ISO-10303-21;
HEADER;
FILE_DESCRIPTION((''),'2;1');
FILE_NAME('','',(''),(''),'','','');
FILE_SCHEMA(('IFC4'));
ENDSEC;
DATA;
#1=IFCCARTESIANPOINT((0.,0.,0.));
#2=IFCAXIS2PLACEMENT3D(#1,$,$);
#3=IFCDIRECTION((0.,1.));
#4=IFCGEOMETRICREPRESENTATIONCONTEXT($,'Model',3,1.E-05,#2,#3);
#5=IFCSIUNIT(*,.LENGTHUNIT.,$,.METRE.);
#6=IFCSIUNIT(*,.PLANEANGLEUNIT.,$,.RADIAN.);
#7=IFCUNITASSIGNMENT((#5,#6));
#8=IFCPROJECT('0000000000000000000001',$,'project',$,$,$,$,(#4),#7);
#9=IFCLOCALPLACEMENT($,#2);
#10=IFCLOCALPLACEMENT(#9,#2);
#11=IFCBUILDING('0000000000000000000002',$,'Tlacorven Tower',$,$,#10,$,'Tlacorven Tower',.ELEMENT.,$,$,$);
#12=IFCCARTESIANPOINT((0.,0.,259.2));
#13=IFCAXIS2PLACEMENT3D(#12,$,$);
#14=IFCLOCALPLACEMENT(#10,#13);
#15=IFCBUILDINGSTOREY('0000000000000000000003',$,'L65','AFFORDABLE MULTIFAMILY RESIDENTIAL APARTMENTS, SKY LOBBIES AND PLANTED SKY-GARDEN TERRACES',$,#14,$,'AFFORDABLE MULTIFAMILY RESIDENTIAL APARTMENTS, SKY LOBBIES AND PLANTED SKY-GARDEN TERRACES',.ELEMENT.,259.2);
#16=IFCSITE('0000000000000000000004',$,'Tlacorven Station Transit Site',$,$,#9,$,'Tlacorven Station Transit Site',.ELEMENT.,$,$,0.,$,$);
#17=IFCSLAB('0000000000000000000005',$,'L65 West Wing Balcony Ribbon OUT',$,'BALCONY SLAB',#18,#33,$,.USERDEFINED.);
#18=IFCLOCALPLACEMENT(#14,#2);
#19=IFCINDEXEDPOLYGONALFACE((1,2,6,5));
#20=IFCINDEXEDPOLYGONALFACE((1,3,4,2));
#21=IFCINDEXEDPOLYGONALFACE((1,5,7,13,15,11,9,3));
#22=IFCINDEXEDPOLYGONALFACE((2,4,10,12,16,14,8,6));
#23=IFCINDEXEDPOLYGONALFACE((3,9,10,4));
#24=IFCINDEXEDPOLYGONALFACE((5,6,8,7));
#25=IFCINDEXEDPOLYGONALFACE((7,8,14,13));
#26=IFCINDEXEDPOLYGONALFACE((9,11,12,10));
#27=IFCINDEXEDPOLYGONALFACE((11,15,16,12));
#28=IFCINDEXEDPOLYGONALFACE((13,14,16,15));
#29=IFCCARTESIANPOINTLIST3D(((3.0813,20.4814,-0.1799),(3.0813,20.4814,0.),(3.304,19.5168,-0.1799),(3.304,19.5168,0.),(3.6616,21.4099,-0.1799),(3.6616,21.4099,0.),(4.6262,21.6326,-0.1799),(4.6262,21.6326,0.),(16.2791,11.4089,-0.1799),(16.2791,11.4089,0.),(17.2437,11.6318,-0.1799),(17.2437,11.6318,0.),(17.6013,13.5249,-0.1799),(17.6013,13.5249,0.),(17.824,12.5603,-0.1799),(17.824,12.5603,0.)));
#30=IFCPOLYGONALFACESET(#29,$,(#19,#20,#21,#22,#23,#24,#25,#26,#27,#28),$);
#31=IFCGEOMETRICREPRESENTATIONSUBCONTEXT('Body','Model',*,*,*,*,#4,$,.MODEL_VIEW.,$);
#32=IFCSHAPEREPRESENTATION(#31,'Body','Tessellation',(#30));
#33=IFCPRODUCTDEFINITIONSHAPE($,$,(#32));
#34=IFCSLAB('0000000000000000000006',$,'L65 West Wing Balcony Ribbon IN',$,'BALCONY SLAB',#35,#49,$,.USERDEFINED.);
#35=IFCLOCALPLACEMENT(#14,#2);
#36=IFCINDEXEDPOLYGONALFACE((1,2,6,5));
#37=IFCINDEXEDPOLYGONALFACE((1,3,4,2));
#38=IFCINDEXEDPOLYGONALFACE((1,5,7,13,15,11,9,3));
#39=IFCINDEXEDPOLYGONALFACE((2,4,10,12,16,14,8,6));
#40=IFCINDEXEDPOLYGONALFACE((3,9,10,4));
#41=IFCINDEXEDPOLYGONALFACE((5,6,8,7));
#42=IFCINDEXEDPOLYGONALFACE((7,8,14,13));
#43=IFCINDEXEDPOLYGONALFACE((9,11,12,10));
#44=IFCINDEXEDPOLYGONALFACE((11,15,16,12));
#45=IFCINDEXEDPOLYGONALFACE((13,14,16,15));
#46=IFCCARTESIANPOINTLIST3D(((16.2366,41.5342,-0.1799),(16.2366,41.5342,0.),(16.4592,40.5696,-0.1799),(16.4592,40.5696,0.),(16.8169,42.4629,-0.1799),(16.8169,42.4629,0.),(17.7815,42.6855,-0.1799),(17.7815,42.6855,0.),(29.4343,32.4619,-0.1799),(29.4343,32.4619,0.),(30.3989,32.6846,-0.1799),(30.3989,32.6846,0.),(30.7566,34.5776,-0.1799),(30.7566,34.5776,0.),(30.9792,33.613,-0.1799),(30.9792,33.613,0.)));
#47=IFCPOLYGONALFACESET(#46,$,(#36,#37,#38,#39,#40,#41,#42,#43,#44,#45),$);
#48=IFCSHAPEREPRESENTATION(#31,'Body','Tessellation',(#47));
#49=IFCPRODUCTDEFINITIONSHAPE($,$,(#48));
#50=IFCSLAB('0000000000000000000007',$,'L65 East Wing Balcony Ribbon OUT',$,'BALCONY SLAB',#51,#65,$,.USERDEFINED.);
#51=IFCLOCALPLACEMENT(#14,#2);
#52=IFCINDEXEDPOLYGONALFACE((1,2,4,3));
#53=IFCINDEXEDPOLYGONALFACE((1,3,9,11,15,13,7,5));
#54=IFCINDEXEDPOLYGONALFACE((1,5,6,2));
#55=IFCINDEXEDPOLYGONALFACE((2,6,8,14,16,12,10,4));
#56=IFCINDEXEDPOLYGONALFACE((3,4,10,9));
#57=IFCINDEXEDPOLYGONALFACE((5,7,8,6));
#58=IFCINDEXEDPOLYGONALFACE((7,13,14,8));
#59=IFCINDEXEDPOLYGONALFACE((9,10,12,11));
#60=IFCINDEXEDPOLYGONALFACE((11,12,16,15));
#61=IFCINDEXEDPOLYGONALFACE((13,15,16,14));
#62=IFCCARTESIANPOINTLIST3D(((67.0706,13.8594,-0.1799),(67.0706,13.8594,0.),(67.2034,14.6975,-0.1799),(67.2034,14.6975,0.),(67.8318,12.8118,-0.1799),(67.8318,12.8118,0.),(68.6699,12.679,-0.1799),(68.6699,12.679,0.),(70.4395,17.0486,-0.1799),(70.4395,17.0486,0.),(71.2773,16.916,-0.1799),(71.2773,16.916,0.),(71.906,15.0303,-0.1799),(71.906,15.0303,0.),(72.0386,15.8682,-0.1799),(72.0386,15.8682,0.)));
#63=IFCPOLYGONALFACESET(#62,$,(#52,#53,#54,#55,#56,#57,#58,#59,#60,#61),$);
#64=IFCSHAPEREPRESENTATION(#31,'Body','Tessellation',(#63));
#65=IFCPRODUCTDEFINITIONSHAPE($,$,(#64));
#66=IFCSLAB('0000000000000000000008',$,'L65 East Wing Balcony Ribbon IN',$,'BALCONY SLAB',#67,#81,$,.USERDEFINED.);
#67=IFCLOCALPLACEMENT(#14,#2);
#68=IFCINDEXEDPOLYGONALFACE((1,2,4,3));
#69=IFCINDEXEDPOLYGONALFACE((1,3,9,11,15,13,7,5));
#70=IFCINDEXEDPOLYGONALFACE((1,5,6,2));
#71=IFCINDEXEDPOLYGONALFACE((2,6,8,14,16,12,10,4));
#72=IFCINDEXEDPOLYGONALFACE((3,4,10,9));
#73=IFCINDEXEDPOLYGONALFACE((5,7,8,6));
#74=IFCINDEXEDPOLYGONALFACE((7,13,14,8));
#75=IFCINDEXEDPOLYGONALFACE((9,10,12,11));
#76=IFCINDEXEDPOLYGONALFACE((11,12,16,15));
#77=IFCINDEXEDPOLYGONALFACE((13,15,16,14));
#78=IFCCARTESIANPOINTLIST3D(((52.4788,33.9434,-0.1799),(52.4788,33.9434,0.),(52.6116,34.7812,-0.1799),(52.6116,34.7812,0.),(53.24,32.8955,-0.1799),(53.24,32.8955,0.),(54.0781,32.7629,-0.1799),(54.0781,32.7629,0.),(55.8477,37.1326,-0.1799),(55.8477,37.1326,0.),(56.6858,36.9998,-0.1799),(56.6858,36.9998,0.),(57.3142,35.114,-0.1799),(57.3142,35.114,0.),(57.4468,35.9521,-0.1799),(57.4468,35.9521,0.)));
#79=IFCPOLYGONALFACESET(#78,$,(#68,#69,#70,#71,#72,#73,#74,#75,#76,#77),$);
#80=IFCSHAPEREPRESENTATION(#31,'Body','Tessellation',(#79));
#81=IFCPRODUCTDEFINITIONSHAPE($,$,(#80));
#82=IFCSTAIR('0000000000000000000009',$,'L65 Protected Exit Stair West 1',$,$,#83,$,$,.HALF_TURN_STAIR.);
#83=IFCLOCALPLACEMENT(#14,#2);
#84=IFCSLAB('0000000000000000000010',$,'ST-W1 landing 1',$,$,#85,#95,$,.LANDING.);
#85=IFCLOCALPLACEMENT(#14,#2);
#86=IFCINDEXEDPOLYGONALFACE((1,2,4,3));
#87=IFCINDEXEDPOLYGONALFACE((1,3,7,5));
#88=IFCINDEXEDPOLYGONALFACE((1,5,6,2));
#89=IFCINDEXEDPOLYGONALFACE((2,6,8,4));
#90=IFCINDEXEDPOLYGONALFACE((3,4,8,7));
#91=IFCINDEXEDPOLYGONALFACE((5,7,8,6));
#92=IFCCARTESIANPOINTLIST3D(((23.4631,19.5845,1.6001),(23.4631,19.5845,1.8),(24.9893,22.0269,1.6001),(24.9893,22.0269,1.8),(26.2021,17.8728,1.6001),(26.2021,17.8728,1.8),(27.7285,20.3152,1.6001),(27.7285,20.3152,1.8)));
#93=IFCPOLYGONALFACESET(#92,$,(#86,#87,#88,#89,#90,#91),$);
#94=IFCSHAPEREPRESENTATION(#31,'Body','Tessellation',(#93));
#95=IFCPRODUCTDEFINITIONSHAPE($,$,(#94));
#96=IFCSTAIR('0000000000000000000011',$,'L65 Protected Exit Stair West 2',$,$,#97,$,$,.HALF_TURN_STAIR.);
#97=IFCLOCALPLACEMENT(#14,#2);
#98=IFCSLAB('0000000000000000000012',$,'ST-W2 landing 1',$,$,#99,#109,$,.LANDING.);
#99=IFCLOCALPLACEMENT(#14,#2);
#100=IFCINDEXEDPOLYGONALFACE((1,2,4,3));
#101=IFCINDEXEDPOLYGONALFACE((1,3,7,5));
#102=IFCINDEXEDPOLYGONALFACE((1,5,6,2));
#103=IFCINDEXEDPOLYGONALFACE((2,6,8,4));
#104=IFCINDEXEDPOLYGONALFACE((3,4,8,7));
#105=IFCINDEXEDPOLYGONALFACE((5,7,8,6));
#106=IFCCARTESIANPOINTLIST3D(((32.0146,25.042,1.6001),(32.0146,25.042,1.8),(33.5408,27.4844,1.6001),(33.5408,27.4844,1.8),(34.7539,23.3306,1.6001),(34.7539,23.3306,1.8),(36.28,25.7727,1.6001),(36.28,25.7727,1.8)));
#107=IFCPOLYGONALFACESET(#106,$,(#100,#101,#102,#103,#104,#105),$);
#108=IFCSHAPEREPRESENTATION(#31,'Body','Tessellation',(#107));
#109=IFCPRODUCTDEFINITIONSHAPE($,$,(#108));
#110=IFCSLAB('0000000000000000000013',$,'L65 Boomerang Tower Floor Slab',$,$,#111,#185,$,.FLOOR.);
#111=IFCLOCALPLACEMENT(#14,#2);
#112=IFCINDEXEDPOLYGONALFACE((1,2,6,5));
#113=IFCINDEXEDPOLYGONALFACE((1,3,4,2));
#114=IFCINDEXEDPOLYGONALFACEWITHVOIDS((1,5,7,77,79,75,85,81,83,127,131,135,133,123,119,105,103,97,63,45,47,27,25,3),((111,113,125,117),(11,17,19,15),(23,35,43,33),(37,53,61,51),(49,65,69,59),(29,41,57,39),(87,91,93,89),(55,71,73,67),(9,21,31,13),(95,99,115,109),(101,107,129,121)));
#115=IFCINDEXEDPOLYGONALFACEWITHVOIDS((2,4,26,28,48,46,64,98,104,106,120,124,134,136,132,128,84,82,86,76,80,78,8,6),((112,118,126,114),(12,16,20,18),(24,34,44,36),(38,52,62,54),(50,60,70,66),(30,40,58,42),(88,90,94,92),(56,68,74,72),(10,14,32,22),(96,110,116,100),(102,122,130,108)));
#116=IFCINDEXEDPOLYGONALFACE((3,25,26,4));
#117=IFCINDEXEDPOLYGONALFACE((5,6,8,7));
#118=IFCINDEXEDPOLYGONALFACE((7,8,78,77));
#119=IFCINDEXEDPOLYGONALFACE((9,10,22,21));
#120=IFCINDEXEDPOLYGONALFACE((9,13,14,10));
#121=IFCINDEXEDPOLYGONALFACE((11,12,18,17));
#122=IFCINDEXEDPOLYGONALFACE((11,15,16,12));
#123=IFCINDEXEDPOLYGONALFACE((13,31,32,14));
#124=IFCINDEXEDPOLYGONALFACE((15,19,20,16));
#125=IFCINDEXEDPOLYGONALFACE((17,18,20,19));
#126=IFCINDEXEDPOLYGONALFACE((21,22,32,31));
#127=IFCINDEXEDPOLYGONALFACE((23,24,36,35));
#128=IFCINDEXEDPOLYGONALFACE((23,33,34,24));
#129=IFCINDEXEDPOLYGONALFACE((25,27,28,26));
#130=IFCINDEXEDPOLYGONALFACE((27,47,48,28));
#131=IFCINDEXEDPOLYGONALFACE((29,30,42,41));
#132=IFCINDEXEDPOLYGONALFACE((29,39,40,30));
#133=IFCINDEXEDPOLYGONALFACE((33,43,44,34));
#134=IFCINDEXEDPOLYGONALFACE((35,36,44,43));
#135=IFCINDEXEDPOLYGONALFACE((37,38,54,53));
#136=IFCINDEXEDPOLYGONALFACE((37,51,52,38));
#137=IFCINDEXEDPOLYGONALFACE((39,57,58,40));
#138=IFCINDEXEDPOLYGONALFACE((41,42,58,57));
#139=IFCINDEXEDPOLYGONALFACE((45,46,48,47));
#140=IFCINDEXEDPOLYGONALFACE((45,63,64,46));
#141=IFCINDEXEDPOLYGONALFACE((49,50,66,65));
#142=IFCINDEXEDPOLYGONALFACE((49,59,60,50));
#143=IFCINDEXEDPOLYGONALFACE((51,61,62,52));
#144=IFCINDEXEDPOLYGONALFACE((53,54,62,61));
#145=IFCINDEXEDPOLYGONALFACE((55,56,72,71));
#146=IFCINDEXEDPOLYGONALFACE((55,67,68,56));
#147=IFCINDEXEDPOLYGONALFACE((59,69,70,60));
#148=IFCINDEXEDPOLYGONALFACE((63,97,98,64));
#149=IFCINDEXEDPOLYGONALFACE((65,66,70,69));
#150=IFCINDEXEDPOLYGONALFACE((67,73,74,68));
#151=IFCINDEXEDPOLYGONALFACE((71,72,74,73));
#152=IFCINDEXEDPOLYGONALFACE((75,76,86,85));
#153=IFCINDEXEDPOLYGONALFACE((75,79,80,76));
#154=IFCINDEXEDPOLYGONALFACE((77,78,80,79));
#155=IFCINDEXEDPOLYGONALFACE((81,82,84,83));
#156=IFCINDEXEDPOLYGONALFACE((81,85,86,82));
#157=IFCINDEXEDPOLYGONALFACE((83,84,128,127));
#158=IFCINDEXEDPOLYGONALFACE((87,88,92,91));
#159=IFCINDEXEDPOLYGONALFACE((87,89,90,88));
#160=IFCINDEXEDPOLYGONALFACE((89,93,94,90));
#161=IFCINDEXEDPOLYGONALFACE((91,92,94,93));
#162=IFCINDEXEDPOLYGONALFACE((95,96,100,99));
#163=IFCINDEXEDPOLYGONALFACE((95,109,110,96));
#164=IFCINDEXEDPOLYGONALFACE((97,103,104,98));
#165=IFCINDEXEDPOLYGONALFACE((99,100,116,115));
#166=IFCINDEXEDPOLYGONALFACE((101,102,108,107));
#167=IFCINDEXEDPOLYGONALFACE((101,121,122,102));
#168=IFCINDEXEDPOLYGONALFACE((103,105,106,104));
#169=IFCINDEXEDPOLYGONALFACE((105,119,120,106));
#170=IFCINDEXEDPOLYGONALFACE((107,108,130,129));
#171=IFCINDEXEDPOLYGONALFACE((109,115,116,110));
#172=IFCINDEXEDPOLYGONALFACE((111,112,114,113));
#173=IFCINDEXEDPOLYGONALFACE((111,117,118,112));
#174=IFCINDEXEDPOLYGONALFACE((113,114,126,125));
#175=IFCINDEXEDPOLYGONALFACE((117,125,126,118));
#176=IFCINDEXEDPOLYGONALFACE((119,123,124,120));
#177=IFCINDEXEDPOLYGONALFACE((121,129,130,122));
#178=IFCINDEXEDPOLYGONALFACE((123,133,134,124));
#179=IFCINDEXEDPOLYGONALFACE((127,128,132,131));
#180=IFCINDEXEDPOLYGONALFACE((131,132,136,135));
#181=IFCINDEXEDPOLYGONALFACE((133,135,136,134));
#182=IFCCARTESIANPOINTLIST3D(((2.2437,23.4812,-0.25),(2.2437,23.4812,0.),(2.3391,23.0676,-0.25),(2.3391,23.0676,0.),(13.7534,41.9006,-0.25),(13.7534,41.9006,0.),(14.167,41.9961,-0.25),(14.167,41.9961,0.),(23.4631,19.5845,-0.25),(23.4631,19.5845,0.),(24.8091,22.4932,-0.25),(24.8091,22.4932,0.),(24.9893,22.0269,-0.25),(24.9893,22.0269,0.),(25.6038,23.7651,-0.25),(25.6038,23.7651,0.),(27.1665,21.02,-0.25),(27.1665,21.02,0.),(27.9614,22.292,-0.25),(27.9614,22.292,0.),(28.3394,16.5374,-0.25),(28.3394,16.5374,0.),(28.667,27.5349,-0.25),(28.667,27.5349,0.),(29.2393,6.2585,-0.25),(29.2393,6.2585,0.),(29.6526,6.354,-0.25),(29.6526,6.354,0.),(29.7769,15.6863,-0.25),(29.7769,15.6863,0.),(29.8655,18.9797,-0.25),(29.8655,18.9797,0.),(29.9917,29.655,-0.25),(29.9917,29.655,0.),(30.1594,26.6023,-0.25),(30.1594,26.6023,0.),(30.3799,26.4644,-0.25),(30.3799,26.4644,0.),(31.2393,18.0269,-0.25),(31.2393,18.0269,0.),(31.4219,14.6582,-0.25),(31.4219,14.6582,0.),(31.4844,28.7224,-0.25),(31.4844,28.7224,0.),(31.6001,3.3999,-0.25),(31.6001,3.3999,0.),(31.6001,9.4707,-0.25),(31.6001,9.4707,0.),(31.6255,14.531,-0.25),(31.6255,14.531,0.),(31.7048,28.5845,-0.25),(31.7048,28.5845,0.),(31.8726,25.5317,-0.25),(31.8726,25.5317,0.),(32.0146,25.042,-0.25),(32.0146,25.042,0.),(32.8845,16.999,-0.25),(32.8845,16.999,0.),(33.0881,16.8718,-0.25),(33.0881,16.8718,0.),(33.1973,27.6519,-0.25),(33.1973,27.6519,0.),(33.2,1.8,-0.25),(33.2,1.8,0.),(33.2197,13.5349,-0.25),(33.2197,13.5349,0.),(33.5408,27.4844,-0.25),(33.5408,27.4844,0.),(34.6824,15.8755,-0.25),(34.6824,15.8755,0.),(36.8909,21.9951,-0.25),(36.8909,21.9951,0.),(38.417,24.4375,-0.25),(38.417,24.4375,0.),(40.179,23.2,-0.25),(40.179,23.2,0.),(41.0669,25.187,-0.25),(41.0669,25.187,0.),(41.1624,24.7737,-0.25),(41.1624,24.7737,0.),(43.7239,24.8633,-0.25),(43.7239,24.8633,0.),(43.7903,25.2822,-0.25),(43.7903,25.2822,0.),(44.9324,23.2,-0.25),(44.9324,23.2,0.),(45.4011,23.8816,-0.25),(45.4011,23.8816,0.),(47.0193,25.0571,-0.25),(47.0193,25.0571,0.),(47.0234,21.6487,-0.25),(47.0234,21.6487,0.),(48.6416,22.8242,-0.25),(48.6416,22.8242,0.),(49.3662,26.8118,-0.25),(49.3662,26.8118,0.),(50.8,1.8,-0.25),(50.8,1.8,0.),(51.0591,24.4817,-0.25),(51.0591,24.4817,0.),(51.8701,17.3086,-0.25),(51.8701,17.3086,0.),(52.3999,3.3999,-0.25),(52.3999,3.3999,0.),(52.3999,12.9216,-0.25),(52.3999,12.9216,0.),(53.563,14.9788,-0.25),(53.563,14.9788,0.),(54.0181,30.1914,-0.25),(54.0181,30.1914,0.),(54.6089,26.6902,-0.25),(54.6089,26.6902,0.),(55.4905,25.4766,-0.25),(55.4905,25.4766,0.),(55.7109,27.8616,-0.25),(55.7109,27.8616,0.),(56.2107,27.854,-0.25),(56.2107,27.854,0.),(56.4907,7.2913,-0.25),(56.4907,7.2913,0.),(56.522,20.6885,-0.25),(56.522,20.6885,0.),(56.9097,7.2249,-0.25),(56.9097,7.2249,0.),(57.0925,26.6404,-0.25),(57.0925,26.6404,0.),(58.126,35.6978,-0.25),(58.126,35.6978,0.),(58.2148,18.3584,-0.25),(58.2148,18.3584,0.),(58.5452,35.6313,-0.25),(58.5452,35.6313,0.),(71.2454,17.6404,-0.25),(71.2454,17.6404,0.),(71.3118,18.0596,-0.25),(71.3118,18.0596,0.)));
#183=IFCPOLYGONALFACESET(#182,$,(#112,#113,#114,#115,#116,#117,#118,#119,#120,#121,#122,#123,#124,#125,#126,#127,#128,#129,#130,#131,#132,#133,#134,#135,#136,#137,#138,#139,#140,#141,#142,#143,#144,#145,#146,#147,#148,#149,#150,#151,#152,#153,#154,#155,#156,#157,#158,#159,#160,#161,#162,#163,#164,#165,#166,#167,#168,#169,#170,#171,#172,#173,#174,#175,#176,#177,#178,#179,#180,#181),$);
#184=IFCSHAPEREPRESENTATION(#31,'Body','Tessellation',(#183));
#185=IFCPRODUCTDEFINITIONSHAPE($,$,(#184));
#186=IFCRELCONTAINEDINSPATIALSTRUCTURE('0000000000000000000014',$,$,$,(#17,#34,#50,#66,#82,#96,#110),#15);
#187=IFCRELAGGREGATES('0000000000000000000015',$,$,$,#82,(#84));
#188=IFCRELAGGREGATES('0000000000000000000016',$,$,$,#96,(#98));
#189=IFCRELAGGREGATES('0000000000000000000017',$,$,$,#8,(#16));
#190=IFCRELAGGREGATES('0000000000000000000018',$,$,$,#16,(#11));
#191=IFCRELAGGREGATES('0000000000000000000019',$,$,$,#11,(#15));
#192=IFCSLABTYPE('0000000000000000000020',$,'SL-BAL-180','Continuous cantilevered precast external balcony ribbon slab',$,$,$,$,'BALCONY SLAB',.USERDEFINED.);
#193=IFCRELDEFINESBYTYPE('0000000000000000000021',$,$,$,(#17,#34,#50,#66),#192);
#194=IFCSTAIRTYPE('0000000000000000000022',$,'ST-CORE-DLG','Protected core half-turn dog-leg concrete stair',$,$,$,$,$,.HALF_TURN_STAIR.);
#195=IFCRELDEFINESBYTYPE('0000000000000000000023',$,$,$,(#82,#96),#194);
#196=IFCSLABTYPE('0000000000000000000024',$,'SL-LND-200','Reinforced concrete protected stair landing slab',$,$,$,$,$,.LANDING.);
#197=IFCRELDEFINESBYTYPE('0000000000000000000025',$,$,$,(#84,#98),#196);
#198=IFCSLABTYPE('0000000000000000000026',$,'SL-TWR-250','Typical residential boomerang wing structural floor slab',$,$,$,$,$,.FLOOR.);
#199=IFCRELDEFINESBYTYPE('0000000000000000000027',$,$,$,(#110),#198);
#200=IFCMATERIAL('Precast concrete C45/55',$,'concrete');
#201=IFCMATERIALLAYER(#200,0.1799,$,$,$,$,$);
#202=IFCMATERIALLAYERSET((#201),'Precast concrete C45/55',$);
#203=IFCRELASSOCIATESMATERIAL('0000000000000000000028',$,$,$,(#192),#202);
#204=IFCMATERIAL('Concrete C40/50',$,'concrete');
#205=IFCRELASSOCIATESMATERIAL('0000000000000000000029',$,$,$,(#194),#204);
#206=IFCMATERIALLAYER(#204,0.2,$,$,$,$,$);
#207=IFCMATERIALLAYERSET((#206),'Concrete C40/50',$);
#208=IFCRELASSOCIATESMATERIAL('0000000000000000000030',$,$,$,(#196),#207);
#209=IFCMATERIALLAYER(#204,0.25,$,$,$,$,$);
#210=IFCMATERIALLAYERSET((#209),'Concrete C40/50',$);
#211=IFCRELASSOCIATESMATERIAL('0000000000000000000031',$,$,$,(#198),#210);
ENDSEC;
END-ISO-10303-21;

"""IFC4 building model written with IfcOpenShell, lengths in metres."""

from ifc_helpers import new_model, si_unit, direction, frame, origin, place, context, subcontext, project, spatial, polyline, outline, extrude, material, layer, layer_set, type_object, element, aggregate, save


model = new_model("IFC4")

# Units and contexts
model_context = context("Model", 3, precision=1e-05, world=origin(), true_north=direction((0.0, 1.0)))
body_context = subcontext(model_context, "Body", "Model", "MODEL_VIEW")
ifc_project = project(units=[si_unit("LENGTHUNIT", "METRE"), si_unit("PLANEANGLEUNIT", "RADIAN")], contexts=[model_context])

# Site, building, storey
site_placement = place(None, origin())
site = spatial("IfcSite", under=ifc_project, at=site_placement, Name="Tlacorven Station Transit Site", LongName="Tlacorven Station Transit Site", CompositionType="ELEMENT", RefElevation=0.0)
building_placement = place(site_placement, origin())
building = spatial("IfcBuilding", under=site, at=building_placement, Name="Tlacorven Tower", LongName="Tlacorven Tower", CompositionType="ELEMENT")
storey_placement = place(building_placement, frame((0.0, 0.0, 259.2)))
storey = spatial("IfcBuildingStorey", under=building, at=storey_placement, Name="L65", Description="AFFORDABLE MULTIFAMILY RESIDENTIAL APARTMENTS, SKY LOBBIES AND PLANTED SKY-GARDEN TERRACES", LongName="AFFORDABLE MULTIFAMILY RESIDENTIAL APARTMENTS, SKY LOBBIES AND PLANTED SKY-GARDEN TERRACES", CompositionType="ELEMENT", Elevation=259.2)

# Slabs
ifc_material_1 = material(Name="Precast concrete C45/55", Category="concrete")
ifc_layer_1 = layer(ifc_material_1, 0.1799)
ifc_layer_set_1 = layer_set([ifc_layer_1], Name="Precast concrete C45/55")
slab_type_1 = type_object("IfcSlabType", Name="SL-BAL-180", Description="Continuous cantilevered precast external balcony ribbon slab", ElementType="BALCONY SLAB", PredefinedType="USERDEFINED", material=ifc_layer_set_1)
slab_1_placement = place(storey_placement, frame((0.0, 0.0, -0.1799)))
element("IfcSlab", 1, at=slab_1_placement, inside=storey, type_object=slab_type_1, Name="L65 West Wing Balcony Ribbon OUT", ObjectType="BALCONY SLAB", PredefinedType="USERDEFINED", context=body_context, shape_type="SweptSolid", body=[
    extrude(outline(polyline([(17.6013, 13.5249), (4.6262, 21.6326), (3.6616, 21.4099), (3.0813, 20.4814), (3.304, 19.5168), (16.2791, 11.4089), (17.2437, 11.6318), (17.824, 12.5603), (17.6013, 13.5249)])), origin(), (0.0, 0.0, 1.0), 0.1799),
])
slab_2_placement = place(storey_placement, frame((0.0, 0.0, -0.1799)))
element("IfcSlab", 2, at=slab_2_placement, inside=storey, type_object=slab_type_1, Name="L65 West Wing Balcony Ribbon IN", ObjectType="BALCONY SLAB", PredefinedType="USERDEFINED", context=body_context, shape_type="SweptSolid", body=[
    extrude(outline(polyline([(30.7566, 34.5776), (17.7815, 42.6855), (16.8169, 42.4629), (16.2366, 41.5342), (16.4592, 40.5696), (29.4343, 32.4619), (30.3989, 32.6846), (30.9792, 33.613), (30.7566, 34.5776)])), origin(), (0.0, 0.0, 1.0), 0.1799),
])
slab_3_placement = place(storey_placement, frame((0.0, 0.0, -0.1799)))
element("IfcSlab", 3, at=slab_3_placement, inside=storey, type_object=slab_type_1, Name="L65 East Wing Balcony Ribbon OUT", ObjectType="BALCONY SLAB", PredefinedType="USERDEFINED", context=body_context, shape_type="SweptSolid", body=[
    extrude(outline(polyline([(68.6699, 12.679), (71.906, 15.0303), (72.0386, 15.8682), (71.2773, 16.916), (70.4395, 17.0486), (67.2034, 14.6975), (67.0706, 13.8594), (67.8318, 12.8118), (68.6699, 12.679)])), origin(), (0.0, 0.0, 1.0), 0.1799),
])
slab_4_placement = place(storey_placement, frame((0.0, 0.0, -0.1799)))
element("IfcSlab", 4, at=slab_4_placement, inside=storey, type_object=slab_type_1, Name="L65 East Wing Balcony Ribbon IN", ObjectType="BALCONY SLAB", PredefinedType="USERDEFINED", context=body_context, shape_type="SweptSolid", body=[
    extrude(outline(polyline([(54.0781, 32.7629), (57.3142, 35.114), (57.4468, 35.9521), (56.6858, 36.9998), (55.8477, 37.1326), (52.6116, 34.7812), (52.4788, 33.9434), (53.24, 32.8955), (54.0781, 32.7629)])), origin(), (0.0, 0.0, 1.0), 0.1799),
])

# Stairs, slabs
ifc_material_2 = material(Name="Concrete C40/50", Category="concrete")
stair_type = type_object("IfcStairType", Name="ST-CORE-DLG", Description="Protected core half-turn dog-leg concrete stair", PredefinedType="HALF_TURN_STAIR", material=ifc_material_2)
stair_1_placement = place(storey_placement, origin())
stair_1 = element("IfcStair", 5, at=stair_1_placement, inside=storey, type_object=stair_type, Name="L65 Protected Exit Stair West 1", PredefinedType="HALF_TURN_STAIR")
ifc_layer_2 = layer(ifc_material_2, 0.2)
ifc_layer_set_2 = layer_set([ifc_layer_2], Name="Concrete C40/50")
slab_type_2 = type_object("IfcSlabType", Name="SL-LND-200", Description="Reinforced concrete protected stair landing slab", PredefinedType="LANDING", material=ifc_layer_set_2)
slab_5_placement = place(storey_placement, frame((0.0, 0.0, 1.6001)))
slab_5 = element("IfcSlab", 6, at=slab_5_placement, type_object=slab_type_2, Name="ST-W1 landing 1", PredefinedType="LANDING", context=body_context, shape_type="SweptSolid", body=[
    extrude(outline(polyline([(27.7285, 20.3152), (24.9893, 22.0269), (23.4631, 19.5845), (26.2021, 17.8728), (27.7285, 20.3152)])), origin(), (0.0, 0.0, 1.0), 0.2),
])
aggregate(stair_1, [slab_5])
stair_2_placement = place(storey_placement, origin())
stair_2 = element("IfcStair", 7, at=stair_2_placement, inside=storey, type_object=stair_type, Name="L65 Protected Exit Stair West 2", PredefinedType="HALF_TURN_STAIR")
slab_6_placement = place(storey_placement, frame((0.0, 0.0, 1.6001)))
slab_6 = element("IfcSlab", 8, at=slab_6_placement, type_object=slab_type_2, Name="ST-W2 landing 1", PredefinedType="LANDING", context=body_context, shape_type="SweptSolid", body=[
    extrude(outline(polyline([(36.28, 25.7727), (33.5408, 27.4844), (32.0146, 25.042), (34.7539, 23.3306), (36.28, 25.7727)])), origin(), (0.0, 0.0, 1.0), 0.2),
])
aggregate(stair_2, [slab_6])

# Slab
ifc_layer_3 = layer(ifc_material_2, 0.25)
ifc_layer_set_3 = layer_set([ifc_layer_3], Name="Concrete C40/50")
slab_type_3 = type_object("IfcSlabType", Name="SL-TWR-250", Description="Typical residential boomerang wing structural floor slab", PredefinedType="FLOOR", material=ifc_layer_set_3)
slab_7_placement = place(storey_placement, frame((0.0, 0.0, -0.25)))
element("IfcSlab", 9, at=slab_7_placement, inside=storey, type_object=slab_type_3, Name="L65 Boomerang Tower Floor Slab", PredefinedType="FLOOR", context=body_context, shape_type="SweptSolid", body=[
    extrude(outline(polyline([(52.3999, 3.3999), (50.8, 1.8), (33.2, 1.8), (31.6001, 3.3999), (31.6001, 9.4707), (29.6526, 6.354), (29.2393, 6.2585), (2.3391, 23.0676), (2.2437, 23.4812), (13.7534, 41.9006), (14.167, 41.9961), (41.0669, 25.187), (41.1624, 24.7737), (40.179, 23.2), (44.9324, 23.2), (43.7239, 24.8633), (43.7903, 25.2822), (58.126, 35.6978), (58.5452, 35.6313), (71.3118, 18.0596), (71.2454, 17.6404), (56.9097, 7.2249), (56.4907, 7.2913), (52.3999, 12.9216), (52.3999, 3.3999)]), holes=[polyline([(29.8655, 18.9797), (24.9893, 22.0269), (23.4631, 19.5845), (28.3394, 16.5374), (29.8655, 18.9797)]), polyline([(38.417, 24.4375), (33.5408, 27.4844), (32.0146, 25.042), (36.8909, 21.9951), (38.417, 24.4375)]), polyline([(51.0591, 24.4817), (55.7109, 27.8616), (54.0181, 30.1914), (49.3662, 26.8118), (51.0591, 24.4817)]), polyline([(53.563, 14.9788), (58.2148, 18.3584), (56.522, 20.6885), (51.8701, 17.3086), (53.563, 14.9788)]), polyline([(34.6824, 15.8755), (33.0881, 16.8718), (31.6255, 14.531), (33.2197, 13.5349), (34.6824, 15.8755)]), polyline([(32.8845, 16.999), (31.2393, 18.0269), (29.7769, 15.6863), (31.4219, 14.6582), (32.8845, 16.999)]), polyline([(47.0234, 21.6487), (48.6416, 22.8242), (47.0193, 25.0571), (45.4011, 23.8816), (47.0234, 21.6487)]), polyline([(33.1973, 27.6519), (31.7048, 28.5845), (30.3799, 26.4644), (31.8726, 25.5317), (33.1973, 27.6519)]), polyline([(31.4844, 28.7224), (29.9917, 29.655), (28.667, 27.5349), (30.1594, 26.6023), (31.4844, 28.7224)]), polyline([(27.9614, 22.292), (25.6038, 23.7651), (24.8091, 22.4932), (27.1665, 21.02), (27.9614, 22.292)]), polyline([(55.4905, 25.4766), (57.0925, 26.6404), (56.2107, 27.854), (54.6089, 26.6902), (55.4905, 25.4766)])]), origin(), (0.0, 0.0, 1.0), 0.25),
])

save(model, "model.ifc")
